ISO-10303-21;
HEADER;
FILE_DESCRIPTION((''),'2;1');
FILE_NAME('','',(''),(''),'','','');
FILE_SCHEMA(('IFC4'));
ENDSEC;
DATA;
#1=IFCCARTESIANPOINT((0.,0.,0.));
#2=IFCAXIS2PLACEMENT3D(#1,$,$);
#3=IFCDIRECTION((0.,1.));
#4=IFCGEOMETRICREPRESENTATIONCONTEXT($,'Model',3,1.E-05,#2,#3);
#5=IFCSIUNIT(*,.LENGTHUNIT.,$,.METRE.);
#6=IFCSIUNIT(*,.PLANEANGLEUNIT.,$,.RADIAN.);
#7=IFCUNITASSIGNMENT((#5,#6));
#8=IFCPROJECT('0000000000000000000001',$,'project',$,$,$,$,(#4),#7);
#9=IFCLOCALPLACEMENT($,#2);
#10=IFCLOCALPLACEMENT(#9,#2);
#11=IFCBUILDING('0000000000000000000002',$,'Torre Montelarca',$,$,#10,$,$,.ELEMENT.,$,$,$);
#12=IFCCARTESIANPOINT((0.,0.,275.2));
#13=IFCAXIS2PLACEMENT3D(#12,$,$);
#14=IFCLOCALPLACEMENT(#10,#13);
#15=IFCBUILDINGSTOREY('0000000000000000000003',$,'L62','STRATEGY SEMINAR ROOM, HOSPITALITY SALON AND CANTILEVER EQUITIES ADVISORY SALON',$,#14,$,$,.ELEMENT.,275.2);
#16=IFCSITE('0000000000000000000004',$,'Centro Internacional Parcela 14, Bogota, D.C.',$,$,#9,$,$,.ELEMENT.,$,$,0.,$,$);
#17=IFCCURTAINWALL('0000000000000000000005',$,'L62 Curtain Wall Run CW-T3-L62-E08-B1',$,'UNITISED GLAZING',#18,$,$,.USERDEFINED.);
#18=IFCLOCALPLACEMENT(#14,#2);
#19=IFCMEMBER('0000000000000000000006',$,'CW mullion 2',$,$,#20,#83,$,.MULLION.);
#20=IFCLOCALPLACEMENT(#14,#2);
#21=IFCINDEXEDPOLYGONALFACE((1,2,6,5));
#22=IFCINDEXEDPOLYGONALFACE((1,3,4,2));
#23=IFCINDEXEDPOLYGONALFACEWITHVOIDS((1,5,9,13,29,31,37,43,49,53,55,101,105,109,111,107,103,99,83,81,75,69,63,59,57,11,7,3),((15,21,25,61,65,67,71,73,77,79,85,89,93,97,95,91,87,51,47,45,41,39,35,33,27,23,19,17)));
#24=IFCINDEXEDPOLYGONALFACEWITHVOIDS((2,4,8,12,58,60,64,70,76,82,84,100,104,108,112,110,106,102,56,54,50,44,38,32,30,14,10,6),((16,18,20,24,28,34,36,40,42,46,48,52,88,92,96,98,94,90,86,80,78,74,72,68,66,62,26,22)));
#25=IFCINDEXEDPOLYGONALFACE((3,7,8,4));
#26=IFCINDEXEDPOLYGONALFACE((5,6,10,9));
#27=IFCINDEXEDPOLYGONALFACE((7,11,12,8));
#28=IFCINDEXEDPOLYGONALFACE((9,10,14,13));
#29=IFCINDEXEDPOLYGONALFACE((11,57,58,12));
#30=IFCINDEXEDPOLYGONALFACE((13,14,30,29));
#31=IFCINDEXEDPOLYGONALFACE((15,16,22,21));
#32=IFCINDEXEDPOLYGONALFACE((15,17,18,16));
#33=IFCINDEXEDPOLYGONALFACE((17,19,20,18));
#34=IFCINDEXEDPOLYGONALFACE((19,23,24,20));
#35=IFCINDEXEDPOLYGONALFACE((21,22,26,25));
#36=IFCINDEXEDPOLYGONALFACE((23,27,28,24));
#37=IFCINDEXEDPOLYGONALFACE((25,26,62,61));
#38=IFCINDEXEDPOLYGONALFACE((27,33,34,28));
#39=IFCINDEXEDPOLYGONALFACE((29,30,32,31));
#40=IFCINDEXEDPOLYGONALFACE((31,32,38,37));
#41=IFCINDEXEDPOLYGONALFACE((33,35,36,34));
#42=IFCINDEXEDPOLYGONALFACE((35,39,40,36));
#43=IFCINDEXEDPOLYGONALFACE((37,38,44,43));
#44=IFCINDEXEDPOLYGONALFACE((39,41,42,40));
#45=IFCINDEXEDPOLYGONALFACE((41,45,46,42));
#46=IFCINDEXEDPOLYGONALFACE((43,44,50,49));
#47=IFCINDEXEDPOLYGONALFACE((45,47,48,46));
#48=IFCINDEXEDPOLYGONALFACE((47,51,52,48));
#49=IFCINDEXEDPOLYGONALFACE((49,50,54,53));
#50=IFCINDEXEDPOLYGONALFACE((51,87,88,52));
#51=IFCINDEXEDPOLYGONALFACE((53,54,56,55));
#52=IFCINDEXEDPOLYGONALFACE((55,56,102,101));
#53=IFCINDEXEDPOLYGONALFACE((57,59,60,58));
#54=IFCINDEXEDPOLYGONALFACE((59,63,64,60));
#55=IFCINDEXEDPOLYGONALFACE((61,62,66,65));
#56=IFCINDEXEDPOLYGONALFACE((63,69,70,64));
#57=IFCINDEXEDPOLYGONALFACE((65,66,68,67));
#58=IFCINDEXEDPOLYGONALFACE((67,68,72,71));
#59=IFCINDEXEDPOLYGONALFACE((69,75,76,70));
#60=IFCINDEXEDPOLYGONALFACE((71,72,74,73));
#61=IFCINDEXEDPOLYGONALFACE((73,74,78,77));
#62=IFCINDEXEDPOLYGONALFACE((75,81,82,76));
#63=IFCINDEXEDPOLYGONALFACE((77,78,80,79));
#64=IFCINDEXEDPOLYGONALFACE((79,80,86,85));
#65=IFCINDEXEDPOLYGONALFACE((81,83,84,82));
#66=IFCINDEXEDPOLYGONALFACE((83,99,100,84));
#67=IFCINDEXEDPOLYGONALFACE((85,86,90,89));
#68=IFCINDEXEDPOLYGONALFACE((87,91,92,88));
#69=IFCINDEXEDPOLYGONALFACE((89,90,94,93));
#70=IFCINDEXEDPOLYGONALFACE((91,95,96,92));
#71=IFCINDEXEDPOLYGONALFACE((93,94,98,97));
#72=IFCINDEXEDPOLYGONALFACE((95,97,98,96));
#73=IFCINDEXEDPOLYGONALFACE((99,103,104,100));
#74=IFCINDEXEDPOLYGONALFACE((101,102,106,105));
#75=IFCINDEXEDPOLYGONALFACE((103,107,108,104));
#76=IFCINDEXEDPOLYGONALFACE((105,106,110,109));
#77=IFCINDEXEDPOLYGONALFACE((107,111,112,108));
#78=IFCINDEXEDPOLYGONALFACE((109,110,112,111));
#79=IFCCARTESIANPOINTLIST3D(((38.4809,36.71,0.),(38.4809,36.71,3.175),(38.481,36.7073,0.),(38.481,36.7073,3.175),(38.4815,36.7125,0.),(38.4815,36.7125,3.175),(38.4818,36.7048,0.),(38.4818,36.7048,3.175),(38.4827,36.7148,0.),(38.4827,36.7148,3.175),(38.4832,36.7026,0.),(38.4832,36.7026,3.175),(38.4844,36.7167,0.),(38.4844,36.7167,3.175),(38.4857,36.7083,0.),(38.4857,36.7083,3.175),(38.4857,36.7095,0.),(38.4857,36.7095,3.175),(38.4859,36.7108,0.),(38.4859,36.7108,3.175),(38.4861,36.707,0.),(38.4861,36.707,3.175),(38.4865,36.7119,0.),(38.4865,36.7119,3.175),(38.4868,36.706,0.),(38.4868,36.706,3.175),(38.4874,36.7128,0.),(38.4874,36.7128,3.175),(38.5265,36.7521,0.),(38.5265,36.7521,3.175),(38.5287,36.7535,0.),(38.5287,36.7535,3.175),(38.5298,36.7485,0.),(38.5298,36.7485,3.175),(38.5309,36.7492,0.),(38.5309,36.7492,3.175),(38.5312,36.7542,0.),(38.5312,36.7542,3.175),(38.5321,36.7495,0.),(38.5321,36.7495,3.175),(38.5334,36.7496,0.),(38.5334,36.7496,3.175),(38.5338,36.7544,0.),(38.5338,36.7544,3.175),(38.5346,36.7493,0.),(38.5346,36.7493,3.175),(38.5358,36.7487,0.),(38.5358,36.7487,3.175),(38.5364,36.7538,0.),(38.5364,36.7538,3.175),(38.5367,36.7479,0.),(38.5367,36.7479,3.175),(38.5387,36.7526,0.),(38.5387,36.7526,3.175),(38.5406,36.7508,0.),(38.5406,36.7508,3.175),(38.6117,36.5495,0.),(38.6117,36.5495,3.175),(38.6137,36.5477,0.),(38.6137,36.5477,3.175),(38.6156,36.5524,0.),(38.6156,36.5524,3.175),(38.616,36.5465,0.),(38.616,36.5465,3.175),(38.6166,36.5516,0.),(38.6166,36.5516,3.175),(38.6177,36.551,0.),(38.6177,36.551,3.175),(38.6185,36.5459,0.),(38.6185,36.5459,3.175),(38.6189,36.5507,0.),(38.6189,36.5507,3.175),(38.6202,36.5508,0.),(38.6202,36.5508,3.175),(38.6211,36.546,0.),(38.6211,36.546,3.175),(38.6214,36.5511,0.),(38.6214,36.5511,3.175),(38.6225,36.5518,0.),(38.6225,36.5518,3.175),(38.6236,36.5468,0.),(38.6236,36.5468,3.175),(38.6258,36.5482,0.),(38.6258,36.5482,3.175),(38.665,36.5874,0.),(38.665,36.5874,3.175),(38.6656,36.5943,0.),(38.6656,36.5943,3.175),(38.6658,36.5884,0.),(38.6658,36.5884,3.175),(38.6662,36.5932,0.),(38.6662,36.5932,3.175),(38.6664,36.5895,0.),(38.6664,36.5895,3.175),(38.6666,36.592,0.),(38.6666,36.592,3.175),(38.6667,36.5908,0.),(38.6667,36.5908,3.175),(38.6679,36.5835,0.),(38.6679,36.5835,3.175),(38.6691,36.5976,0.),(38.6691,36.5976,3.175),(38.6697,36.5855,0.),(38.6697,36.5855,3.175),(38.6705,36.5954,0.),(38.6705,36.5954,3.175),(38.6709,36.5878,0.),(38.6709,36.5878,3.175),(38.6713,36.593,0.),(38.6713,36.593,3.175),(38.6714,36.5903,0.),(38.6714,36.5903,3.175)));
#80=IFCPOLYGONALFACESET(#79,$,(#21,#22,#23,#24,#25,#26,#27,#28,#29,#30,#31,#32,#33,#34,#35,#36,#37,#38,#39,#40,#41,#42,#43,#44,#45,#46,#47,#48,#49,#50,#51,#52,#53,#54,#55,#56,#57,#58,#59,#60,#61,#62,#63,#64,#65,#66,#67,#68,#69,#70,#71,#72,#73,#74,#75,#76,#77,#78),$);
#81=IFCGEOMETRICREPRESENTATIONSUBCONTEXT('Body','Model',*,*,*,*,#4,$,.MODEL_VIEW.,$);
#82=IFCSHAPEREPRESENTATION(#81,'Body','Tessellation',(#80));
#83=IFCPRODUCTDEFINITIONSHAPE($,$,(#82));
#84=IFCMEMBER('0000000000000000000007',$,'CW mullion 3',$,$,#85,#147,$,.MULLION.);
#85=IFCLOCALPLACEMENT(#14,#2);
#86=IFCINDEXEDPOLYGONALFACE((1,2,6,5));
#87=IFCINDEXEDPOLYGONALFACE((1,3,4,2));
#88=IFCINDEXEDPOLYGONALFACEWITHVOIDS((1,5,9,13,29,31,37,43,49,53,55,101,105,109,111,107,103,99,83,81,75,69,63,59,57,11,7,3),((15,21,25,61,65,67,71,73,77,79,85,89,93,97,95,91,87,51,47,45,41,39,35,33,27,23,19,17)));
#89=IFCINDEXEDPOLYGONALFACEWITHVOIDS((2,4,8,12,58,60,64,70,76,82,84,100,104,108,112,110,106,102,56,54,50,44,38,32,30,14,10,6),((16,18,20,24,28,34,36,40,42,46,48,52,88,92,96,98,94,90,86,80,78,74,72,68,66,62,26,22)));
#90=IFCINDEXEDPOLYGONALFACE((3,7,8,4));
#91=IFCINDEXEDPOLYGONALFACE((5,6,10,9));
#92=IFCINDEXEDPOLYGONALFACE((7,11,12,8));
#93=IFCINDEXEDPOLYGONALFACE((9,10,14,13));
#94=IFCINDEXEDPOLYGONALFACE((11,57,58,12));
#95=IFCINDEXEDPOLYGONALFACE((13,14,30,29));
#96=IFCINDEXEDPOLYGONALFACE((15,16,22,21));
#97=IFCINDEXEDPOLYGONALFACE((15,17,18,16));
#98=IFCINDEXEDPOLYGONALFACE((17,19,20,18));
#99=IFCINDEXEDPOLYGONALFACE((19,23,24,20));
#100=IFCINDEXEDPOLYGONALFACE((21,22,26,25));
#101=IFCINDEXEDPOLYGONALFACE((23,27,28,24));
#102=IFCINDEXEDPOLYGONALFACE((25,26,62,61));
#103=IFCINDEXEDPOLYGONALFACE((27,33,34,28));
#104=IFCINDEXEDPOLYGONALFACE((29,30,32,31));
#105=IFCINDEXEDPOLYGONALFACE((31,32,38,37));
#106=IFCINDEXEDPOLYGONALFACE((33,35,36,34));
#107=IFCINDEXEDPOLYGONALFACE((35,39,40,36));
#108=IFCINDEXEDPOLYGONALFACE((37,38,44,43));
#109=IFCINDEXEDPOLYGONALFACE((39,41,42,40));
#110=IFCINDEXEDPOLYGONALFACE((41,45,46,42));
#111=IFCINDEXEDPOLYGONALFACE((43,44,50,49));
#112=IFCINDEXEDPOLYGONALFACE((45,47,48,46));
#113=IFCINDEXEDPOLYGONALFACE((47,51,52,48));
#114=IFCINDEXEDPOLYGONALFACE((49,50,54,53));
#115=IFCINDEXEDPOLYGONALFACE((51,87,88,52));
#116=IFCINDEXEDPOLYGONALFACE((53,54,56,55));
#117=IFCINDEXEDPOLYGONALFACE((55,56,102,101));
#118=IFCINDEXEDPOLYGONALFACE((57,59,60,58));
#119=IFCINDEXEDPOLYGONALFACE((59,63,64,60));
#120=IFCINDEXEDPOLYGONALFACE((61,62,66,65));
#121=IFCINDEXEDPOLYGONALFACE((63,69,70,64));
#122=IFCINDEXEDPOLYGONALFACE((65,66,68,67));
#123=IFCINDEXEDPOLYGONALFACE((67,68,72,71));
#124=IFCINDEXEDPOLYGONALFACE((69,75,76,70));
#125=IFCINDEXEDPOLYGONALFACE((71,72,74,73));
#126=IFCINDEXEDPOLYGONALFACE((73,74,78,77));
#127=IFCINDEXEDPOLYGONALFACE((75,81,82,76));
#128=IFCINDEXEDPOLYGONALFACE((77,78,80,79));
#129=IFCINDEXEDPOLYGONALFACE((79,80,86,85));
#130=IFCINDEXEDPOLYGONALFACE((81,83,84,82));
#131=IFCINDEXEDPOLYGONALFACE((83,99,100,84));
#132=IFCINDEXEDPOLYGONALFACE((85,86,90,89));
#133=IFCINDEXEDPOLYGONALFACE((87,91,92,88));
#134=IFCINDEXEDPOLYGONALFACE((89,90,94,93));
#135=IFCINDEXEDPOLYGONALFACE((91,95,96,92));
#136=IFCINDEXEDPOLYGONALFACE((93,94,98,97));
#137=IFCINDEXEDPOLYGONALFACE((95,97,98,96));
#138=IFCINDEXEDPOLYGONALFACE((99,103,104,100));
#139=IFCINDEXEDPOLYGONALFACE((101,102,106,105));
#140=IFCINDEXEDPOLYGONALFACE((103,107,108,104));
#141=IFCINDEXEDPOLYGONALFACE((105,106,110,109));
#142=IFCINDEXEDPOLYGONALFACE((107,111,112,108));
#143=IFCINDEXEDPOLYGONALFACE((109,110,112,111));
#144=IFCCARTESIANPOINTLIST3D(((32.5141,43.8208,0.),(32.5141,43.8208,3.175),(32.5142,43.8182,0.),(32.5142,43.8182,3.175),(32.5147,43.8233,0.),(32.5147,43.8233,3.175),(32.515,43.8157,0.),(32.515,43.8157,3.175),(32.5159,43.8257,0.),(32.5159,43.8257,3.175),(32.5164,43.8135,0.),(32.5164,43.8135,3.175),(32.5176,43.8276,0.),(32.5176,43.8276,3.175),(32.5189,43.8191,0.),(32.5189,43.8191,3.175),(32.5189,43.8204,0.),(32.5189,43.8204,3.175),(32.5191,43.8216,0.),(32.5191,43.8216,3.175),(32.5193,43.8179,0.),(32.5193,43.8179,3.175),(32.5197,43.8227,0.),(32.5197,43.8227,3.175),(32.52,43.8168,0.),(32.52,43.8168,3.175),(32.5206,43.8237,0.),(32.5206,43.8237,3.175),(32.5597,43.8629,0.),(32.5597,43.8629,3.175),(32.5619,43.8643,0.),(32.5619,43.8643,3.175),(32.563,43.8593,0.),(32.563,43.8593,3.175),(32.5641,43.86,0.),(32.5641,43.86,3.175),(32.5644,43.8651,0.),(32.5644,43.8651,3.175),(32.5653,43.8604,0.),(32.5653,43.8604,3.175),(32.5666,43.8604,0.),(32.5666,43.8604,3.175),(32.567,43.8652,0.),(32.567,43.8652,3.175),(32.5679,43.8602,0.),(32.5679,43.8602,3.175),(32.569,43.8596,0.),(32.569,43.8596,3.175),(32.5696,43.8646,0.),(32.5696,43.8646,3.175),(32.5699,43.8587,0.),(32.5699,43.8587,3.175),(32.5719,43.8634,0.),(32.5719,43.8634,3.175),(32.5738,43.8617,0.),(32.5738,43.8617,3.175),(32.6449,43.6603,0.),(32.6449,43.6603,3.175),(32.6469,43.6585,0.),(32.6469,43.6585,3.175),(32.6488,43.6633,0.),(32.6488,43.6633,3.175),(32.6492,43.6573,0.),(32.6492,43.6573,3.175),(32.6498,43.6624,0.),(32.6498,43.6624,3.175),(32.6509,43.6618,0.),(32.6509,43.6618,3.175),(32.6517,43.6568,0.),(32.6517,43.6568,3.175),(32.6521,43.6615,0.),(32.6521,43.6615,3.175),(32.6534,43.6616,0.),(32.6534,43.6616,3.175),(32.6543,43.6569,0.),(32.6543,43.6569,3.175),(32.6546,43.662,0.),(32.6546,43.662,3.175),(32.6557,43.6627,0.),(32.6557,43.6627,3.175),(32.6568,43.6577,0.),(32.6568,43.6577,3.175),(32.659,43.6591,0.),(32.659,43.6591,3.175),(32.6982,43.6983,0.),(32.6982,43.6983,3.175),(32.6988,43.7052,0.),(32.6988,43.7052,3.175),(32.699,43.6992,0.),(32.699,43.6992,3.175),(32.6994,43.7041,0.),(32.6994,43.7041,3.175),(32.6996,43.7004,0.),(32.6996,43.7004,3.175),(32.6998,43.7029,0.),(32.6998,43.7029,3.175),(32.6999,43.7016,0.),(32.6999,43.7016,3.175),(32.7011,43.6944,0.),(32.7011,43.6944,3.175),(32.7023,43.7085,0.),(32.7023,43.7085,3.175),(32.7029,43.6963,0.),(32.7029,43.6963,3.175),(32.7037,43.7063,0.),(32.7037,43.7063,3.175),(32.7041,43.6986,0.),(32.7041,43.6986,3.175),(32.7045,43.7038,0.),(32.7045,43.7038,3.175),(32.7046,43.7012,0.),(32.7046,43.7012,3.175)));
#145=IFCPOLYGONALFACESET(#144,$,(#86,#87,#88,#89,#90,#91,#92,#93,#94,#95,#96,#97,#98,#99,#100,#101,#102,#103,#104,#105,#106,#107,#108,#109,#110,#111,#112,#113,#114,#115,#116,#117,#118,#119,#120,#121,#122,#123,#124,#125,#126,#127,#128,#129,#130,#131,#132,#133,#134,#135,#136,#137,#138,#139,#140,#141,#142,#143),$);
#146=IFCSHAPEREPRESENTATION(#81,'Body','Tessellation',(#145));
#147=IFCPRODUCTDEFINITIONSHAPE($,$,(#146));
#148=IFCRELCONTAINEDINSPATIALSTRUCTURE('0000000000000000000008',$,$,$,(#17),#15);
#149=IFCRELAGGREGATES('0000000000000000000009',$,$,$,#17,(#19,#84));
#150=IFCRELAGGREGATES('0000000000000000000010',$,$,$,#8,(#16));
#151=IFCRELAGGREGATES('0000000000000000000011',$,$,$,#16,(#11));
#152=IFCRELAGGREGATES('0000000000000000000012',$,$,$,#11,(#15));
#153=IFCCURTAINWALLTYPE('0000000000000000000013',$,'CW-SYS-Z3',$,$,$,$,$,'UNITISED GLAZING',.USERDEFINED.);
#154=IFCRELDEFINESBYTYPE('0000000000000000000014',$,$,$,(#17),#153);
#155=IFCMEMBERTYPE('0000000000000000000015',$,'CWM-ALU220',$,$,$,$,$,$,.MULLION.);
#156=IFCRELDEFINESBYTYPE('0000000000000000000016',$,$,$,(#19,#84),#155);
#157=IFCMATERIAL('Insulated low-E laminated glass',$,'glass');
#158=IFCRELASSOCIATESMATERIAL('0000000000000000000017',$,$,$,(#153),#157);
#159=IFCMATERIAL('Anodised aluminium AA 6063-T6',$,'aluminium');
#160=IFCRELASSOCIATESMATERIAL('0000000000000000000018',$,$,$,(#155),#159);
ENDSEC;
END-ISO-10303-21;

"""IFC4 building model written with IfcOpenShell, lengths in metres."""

from ifc_helpers import new_model, si_unit, direction, frame, origin, origin_2d, place, context, subcontext, project, spatial, hollow_rectangle, extrude, source, transform, mapped, material, material_profile, profile_set, type_object, element, aggregate, save


model = new_model("IFC4")

# Units and contexts
model_context = context("Model", 3, precision=1e-05, world=origin(), true_north=direction((0.0, 1.0)))
body_context = subcontext(model_context, "Body", "Model", "MODEL_VIEW")
ifc_project = project(units=[si_unit("LENGTHUNIT", "METRE"), si_unit("PLANEANGLEUNIT", "RADIAN")], contexts=[model_context])

# Site, building, storey
site_placement = place(None, origin())
site = spatial("IfcSite", under=ifc_project, at=site_placement, Name="Centro Internacional Parcela 14, Bogota, D.C.", CompositionType="ELEMENT", RefElevation=0.0)
building_placement = place(site_placement, origin())
building = spatial("IfcBuilding", under=site, at=building_placement, Name="Torre Montelarca", CompositionType="ELEMENT")
storey_placement = place(building_placement, frame((0.0, 0.0, 275.2)))
storey = spatial("IfcBuildingStorey", under=building, at=storey_placement, Name="L62", Description="STRATEGY SEMINAR ROOM, HOSPITALITY SALON AND CANTILEVER EQUITIES ADVISORY SALON", CompositionType="ELEMENT", Elevation=275.2)

# Shared definitions
ifc_material_1 = material(Name="Insulated low-E laminated glass", Category="glass")
curtain_wall_type = type_object("IfcCurtainWallType", Name="CW-SYS-Z3", ElementType="UNITISED GLAZING", PredefinedType="USERDEFINED", material=ifc_material_1)
ifc_material_2 = material(Name="Anodised aluminium AA 6063-T6", Category="aluminium")
ifc_material_profile_1 = material_profile(ifc_material_2, hollow_rectangle(XDim=0.075, YDim=0.22, WallThickness=0.0049, InnerFilletRadius=0.0049, OuterFilletRadius=0.01, at=origin_2d()), Name="ALU75X220X5", Category="aluminium")
ifc_profile_set_1 = profile_set([ifc_material_profile_1], Name="Anodised aluminium AA 6063-T6")
member_type_1 = type_object("IfcMemberType", Name="CWM-ALU220", PredefinedType="MULLION", material=ifc_profile_set_1)

# Curtain wall, members
curtain_wall_1_placement = place(storey_placement, origin())
curtain_wall_1 = element("IfcCurtainWall", 1, at=curtain_wall_1_placement, inside=storey, type_object=curtain_wall_type, Name="L62 Curtain Wall Run CW-T3-L62-E08-B1", ObjectType="UNITISED GLAZING", PredefinedType="USERDEFINED")
shared_shape_1 = source(origin(), body_context, "Body", "SweptSolid", [
    extrude(hollow_rectangle(XDim=0.075, YDim=0.22, WallThickness=0.0049, InnerFilletRadius=0.0049, OuterFilletRadius=0.01, at=origin_2d()), origin(), (0.0, 0.0, 1.0), 3.175),
])
member_1_placement = place(storey_placement, frame((38.5762, 36.6501, 0.0), z_axis=(0.0, 0.0, 1.0), x_axis=(-0.766047, -0.642785, 0.0)))
member_1 = element("IfcMember", 2, at=member_1_placement, type_object=member_type_1, Name="CW mullion 2", PredefinedType="MULLION", context=body_context, shape_type="MappedRepresentation", body=[
    mapped(shared_shape_1, transform((0.0, 0.0, 0.0), scale=1.0)),
])
member_2_placement = place(storey_placement, frame((32.6094, 43.761, 0.0), z_axis=(0.0, 0.0, 1.0), x_axis=(-0.766047, -0.642785, 0.0)))
member_2 = element("IfcMember", 3, at=member_2_placement, type_object=member_type_1, Name="CW mullion 3", PredefinedType="MULLION", context=body_context, shape_type="MappedRepresentation", body=[
    mapped(shared_shape_1, transform((0.0, 0.0, 0.0), scale=1.0)),
])

aggregate(curtain_wall_1, [member_1, member_2])

save(model, "model.ifc")
